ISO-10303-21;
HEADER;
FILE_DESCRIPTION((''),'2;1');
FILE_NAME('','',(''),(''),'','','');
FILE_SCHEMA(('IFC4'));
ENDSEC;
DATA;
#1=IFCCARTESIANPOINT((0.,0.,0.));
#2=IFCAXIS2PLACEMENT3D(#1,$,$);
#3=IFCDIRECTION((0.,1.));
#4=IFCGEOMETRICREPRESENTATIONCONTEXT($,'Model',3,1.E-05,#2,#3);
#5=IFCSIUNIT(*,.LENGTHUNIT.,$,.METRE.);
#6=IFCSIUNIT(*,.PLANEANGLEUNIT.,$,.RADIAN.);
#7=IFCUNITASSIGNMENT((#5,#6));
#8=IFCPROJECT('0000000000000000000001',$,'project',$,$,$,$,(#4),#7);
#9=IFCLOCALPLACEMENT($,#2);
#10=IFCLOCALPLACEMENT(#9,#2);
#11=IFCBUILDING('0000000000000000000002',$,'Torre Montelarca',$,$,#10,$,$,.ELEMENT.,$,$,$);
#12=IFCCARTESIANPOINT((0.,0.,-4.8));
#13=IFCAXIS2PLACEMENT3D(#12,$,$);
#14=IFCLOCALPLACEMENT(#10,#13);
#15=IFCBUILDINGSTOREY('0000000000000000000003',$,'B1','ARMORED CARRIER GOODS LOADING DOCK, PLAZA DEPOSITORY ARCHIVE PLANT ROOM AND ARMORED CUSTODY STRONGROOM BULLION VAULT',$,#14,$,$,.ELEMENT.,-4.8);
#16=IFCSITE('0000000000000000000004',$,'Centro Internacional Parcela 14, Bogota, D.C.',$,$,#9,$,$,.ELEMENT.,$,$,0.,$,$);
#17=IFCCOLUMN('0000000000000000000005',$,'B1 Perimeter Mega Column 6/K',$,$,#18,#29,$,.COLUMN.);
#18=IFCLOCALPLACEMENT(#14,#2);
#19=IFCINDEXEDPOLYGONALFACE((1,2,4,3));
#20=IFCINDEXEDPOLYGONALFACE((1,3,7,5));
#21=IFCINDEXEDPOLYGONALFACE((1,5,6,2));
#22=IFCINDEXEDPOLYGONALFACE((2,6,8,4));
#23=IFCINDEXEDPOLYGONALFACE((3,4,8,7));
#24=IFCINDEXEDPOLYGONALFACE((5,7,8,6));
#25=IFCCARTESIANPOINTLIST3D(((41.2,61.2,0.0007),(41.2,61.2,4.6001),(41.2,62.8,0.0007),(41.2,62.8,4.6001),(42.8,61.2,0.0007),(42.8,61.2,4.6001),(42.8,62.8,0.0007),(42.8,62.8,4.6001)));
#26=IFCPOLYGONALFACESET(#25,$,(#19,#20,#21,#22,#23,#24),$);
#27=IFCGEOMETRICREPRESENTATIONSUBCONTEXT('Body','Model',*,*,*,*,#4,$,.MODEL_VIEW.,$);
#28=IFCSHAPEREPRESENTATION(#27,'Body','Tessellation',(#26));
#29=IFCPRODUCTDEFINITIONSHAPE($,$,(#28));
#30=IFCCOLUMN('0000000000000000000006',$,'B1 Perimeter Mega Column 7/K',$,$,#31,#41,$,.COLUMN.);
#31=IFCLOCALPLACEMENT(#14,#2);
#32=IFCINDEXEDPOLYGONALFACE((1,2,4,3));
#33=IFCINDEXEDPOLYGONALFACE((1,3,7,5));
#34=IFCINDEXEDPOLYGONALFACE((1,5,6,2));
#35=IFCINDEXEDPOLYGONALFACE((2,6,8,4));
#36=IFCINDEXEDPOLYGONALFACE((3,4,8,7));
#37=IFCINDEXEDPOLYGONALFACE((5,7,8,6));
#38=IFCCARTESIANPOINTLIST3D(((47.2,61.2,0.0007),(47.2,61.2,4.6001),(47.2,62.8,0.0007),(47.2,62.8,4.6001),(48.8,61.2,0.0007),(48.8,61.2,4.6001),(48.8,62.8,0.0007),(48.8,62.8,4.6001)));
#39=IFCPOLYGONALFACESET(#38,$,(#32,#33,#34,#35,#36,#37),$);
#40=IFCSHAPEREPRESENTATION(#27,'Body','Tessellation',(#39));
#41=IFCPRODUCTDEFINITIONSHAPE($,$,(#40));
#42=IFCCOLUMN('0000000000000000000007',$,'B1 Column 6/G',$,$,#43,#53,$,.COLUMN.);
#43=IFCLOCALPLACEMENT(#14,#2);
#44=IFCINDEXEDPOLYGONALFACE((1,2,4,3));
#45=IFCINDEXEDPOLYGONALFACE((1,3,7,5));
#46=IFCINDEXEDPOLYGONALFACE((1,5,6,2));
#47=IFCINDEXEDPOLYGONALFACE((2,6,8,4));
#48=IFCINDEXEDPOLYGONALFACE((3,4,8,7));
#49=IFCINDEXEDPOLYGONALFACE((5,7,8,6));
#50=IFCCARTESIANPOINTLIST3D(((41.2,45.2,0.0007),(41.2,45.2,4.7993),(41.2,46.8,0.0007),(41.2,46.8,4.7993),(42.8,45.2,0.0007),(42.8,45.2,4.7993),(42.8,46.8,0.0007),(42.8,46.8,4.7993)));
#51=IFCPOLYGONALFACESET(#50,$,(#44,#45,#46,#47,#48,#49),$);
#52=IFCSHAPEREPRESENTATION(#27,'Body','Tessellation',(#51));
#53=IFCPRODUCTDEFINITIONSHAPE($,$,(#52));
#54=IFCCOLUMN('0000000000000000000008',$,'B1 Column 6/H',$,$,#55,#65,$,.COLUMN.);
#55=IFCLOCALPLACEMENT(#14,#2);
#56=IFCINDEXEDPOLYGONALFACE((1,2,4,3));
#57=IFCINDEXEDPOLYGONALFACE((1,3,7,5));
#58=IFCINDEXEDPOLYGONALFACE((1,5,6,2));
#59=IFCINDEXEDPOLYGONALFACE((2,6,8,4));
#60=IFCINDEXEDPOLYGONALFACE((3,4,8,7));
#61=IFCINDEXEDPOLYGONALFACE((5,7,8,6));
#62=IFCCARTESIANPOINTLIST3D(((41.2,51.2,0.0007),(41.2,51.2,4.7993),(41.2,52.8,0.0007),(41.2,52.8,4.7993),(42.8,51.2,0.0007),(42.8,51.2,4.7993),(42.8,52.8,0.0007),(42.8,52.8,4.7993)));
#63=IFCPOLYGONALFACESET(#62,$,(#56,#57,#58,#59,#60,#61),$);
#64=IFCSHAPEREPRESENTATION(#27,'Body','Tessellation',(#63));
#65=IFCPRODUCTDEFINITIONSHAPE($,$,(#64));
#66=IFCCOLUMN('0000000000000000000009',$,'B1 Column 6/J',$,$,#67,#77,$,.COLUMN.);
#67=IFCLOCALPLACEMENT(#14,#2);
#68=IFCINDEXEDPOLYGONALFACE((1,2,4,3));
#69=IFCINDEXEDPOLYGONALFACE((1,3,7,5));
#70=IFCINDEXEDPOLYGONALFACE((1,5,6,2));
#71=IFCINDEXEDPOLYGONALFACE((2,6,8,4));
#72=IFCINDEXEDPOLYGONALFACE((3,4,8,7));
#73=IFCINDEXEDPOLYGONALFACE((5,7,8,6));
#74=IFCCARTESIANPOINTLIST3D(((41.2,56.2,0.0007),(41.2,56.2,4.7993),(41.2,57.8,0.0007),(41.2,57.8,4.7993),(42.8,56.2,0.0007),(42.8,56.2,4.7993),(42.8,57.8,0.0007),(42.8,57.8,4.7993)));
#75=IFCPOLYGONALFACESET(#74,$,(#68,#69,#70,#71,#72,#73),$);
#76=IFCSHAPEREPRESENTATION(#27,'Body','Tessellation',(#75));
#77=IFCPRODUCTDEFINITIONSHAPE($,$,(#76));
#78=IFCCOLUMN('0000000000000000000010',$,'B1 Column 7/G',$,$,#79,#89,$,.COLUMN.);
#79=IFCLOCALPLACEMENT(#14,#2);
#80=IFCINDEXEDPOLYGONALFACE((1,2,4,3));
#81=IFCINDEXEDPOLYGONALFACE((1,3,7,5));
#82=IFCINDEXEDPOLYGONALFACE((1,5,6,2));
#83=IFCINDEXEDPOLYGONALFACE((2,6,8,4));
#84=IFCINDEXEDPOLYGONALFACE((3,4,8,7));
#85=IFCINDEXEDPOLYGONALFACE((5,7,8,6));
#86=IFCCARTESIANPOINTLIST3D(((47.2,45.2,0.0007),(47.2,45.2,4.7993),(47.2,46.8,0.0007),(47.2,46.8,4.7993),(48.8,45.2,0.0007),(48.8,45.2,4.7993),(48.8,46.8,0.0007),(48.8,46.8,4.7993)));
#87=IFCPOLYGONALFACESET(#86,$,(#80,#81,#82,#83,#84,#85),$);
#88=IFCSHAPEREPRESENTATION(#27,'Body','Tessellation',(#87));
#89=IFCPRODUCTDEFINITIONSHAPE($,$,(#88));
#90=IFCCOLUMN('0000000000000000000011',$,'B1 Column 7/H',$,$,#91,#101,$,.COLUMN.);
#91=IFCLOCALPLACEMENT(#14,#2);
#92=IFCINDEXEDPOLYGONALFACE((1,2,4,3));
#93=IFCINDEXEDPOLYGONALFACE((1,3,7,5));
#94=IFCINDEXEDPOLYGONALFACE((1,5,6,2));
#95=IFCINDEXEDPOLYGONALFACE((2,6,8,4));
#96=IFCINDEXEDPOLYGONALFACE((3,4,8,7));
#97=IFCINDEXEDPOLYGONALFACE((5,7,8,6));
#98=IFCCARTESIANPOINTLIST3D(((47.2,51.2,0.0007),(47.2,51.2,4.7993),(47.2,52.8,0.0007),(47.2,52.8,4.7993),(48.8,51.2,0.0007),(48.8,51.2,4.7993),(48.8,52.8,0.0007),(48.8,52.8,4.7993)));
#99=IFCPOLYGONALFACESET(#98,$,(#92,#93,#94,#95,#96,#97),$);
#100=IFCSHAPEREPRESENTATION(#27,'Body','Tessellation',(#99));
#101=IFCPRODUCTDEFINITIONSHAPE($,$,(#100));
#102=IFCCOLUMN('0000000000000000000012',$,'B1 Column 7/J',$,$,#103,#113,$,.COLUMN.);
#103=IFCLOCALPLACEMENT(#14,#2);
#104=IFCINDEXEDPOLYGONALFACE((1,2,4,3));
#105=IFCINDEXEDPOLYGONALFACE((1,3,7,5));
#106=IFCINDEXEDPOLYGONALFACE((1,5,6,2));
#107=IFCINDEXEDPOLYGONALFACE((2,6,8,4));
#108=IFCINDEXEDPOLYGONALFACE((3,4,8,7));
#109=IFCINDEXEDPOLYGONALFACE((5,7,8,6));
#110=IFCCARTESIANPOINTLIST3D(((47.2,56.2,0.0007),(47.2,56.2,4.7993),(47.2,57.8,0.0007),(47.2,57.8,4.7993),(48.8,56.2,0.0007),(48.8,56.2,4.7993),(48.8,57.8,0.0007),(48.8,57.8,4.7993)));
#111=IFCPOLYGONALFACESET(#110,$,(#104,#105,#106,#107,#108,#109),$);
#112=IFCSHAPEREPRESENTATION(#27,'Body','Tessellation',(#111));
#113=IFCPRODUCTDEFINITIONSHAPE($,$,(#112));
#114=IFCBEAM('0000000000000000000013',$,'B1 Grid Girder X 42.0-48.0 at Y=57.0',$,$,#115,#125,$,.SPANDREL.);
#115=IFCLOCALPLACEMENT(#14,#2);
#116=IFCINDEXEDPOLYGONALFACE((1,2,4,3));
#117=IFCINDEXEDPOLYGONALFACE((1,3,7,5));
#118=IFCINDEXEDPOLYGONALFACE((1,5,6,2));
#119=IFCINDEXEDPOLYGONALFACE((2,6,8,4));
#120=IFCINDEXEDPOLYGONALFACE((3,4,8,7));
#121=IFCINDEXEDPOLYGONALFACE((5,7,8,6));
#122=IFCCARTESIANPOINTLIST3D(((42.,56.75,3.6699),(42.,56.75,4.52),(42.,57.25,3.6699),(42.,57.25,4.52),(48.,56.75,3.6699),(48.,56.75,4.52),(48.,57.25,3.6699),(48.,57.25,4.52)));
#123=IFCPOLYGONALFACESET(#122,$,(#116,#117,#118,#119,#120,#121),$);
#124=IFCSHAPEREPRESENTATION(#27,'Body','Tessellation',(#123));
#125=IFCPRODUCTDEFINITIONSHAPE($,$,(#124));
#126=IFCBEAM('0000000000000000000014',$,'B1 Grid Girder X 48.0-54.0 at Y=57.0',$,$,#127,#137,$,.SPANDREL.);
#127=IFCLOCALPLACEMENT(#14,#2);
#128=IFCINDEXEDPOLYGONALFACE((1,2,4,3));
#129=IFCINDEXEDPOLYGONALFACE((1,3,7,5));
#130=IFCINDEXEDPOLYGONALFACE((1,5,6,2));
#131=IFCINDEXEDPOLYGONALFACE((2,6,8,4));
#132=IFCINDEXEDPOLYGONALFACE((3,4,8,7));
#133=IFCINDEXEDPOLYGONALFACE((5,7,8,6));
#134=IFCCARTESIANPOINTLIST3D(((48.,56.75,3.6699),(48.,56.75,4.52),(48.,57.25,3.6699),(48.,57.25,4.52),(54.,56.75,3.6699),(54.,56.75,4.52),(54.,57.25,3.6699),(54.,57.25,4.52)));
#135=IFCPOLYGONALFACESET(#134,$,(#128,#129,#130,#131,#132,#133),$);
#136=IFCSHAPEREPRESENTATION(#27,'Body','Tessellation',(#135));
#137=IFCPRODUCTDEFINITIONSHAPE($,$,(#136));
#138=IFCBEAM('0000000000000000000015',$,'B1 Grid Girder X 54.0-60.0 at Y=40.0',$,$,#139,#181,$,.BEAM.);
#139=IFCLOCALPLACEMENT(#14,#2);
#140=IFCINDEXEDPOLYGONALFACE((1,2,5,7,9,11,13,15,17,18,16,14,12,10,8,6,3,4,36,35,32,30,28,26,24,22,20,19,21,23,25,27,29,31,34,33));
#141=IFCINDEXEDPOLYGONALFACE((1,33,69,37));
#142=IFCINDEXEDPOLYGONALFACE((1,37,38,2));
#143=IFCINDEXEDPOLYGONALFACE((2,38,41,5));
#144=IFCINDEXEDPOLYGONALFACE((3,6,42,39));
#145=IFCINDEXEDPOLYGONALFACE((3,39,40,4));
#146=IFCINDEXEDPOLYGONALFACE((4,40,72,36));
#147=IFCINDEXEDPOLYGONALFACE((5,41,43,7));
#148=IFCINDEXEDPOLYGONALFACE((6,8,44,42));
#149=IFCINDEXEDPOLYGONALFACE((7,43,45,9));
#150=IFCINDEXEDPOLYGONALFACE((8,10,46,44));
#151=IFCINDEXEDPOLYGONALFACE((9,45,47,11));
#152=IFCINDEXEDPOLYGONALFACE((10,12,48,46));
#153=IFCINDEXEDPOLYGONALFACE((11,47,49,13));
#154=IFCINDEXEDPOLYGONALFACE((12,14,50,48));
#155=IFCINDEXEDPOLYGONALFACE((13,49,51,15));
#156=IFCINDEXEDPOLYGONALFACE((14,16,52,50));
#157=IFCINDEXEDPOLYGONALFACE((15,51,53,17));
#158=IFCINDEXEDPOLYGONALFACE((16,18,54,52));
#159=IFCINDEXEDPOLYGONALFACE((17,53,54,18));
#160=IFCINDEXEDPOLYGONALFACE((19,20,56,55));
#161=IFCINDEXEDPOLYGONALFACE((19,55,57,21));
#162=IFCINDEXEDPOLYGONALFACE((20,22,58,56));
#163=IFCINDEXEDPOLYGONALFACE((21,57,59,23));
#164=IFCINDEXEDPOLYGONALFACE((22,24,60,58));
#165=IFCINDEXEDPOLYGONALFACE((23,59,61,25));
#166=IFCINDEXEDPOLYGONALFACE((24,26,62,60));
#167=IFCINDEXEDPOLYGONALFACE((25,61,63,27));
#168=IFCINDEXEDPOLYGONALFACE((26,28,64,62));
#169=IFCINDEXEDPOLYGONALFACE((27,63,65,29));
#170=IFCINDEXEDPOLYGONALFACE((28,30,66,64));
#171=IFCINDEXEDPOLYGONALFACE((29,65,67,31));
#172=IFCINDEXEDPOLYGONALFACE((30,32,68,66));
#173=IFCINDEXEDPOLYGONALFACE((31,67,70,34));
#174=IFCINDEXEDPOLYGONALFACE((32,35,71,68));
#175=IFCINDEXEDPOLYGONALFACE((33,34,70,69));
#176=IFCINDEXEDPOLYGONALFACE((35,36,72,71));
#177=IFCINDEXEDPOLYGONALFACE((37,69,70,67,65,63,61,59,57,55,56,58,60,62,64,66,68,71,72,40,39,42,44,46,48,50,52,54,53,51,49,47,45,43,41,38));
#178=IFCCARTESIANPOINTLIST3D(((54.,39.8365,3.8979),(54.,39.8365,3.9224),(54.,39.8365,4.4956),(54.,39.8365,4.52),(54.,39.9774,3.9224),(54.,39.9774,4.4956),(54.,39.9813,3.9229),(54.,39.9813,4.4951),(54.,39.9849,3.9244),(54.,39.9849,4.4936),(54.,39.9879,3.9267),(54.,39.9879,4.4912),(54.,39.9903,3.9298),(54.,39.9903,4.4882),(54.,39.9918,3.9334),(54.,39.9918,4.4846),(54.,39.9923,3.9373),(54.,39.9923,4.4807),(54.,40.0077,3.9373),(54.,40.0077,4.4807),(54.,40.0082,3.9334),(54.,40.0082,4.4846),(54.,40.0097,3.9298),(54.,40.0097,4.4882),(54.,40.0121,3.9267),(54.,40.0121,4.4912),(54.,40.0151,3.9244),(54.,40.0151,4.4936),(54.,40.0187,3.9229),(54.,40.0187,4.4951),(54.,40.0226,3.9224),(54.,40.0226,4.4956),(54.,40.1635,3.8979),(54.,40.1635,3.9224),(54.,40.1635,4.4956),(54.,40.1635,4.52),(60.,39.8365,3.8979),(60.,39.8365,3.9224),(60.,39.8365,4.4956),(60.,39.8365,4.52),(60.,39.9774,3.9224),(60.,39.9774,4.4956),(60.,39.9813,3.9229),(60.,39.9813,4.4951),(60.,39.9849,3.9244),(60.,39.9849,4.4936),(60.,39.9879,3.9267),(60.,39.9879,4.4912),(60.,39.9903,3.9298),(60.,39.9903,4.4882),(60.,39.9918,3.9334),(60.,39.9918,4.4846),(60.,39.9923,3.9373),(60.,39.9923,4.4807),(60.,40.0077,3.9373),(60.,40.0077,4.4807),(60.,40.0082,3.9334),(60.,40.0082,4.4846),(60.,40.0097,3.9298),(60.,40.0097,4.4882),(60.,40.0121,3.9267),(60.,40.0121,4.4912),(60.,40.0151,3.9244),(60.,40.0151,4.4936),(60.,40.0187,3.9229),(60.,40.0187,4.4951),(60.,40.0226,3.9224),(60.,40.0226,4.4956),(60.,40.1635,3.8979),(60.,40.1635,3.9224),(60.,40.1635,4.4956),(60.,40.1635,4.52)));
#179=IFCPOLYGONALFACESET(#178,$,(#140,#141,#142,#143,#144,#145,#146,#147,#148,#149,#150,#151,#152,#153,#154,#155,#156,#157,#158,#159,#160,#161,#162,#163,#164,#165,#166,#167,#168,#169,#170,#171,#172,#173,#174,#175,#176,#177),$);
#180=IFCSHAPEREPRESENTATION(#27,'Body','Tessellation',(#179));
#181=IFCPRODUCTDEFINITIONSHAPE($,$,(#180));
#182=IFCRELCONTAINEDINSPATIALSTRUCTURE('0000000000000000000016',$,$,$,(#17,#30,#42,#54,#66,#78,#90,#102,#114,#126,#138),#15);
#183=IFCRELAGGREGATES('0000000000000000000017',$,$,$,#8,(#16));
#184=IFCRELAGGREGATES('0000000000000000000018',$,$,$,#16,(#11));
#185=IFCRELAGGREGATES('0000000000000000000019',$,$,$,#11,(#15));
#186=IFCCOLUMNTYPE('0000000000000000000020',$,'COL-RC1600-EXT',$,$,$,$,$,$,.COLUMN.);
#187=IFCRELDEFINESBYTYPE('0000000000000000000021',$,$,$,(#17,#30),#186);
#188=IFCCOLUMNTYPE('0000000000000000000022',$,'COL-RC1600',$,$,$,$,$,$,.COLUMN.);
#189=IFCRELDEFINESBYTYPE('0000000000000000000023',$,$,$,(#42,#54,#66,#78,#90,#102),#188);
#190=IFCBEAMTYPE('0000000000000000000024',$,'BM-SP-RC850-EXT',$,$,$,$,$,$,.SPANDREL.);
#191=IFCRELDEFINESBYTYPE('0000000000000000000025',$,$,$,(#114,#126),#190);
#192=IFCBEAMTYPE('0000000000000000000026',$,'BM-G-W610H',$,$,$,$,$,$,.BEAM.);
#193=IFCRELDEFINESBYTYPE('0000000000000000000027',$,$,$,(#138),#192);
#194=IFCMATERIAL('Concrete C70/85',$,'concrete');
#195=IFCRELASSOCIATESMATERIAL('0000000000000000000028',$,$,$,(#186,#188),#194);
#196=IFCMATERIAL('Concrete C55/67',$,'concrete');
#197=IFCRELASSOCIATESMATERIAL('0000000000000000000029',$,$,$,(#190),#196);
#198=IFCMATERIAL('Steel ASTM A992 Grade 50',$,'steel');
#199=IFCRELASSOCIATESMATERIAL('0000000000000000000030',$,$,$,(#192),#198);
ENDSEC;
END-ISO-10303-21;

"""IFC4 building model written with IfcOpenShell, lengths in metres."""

from ifc_helpers import new_model, si_unit, direction, frame, origin, origin_2d, place, context, subcontext, project, spatial, rectangle, i_section, extrude, source, transform, mapped, material, material_profile, profile_set, type_object, element, save


model = new_model("IFC4")

# Units and contexts
model_context = context("Model", 3, precision=1e-05, world=origin(), true_north=direction((0.0, 1.0)))
body_context = subcontext(model_context, "Body", "Model", "MODEL_VIEW")
ifc_project = project(units=[si_unit("LENGTHUNIT", "METRE"), si_unit("PLANEANGLEUNIT", "RADIAN")], contexts=[model_context])

# Site, building, storey
site_placement = place(None, origin())
site = spatial("IfcSite", under=ifc_project, at=site_placement, Name="Centro Internacional Parcela 14, Bogota, D.C.", CompositionType="ELEMENT", RefElevation=0.0)
building_placement = place(site_placement, origin())
building = spatial("IfcBuilding", under=site, at=building_placement, Name="Torre Montelarca", CompositionType="ELEMENT")
storey_placement = place(building_placement, frame((0.0, 0.0, -4.8)))
storey = spatial("IfcBuildingStorey", under=building, at=storey_placement, Name="B1", Description="ARMORED CARRIER GOODS LOADING DOCK, PLAZA DEPOSITORY ARCHIVE PLANT ROOM AND ARMORED CUSTODY STRONGROOM BULLION VAULT", CompositionType="ELEMENT", Elevation=-4.8)

# Columns
ifc_material_1 = material(Name="Concrete C70/85", Category="concrete")
ifc_material_profile_1 = material_profile(ifc_material_1, rectangle(XDim=1.6001, YDim=1.6001, at=origin_2d()), Name="RC1600X1600", Category="concrete")
ifc_profile_set_1 = profile_set([ifc_material_profile_1], Name="Concrete C70/85")
column_type_1 = type_object("IfcColumnType", Name="COL-RC1600-EXT", PredefinedType="COLUMN", material=ifc_profile_set_1)
shared_shape_1 = source(origin(), body_context, "Body", "SweptSolid", [
    extrude(rectangle(XDim=1.6001, YDim=1.6001, at=origin_2d()), origin(), (0.0, 0.0, 1.0), 4.5994),
])
for number, where, z_axis, x_axis, name in (
    (1, (42.0, 62.0, 0.0007), (0.0, 0.0, 1.0), (1.0, 0.0, 0.0), "B1 Perimeter Mega Column 6/K"),
    (2, (48.0, 62.0, 0.0007), (0.0, 0.0, 1.0), (1.0, 0.0, 0.0), "B1 Perimeter Mega Column 7/K"),
):
    element("IfcColumn", number, at=place(storey_placement, frame(where, z_axis=z_axis, x_axis=x_axis)), inside=storey, type_object=column_type_1, Name=name, PredefinedType="COLUMN", context=body_context, shape_type="MappedRepresentation", body=[
        mapped(shared_shape_1, transform((0.0, 0.0, 0.0), scale=1.0)),
    ])
ifc_material_profile_2 = material_profile(ifc_material_1, rectangle(XDim=1.6001, YDim=1.6001, at=origin_2d()), Name="RC1600X1600", Category="concrete")
ifc_profile_set_2 = profile_set([ifc_material_profile_2], Name="Concrete C70/85")
column_type_2 = type_object("IfcColumnType", Name="COL-RC1600", PredefinedType="COLUMN", material=ifc_profile_set_2)
shared_shape_2 = source(origin(), body_context, "Body", "SweptSolid", [
    extrude(rectangle(XDim=1.6001, YDim=1.6001, at=origin_2d()), origin(), (0.0, 0.0, 1.0), 4.7986),
])
for number, where, z_axis, x_axis, name in (
    (3, (42.0, 46.0, 0.0007), (0.0, 0.0, 1.0), (1.0, 0.0, 0.0), "B1 Column 6/G"),
    (4, (42.0, 52.0, 0.0007), (0.0, 0.0, 1.0), (1.0, 0.0, 0.0), "B1 Column 6/H"),
    (5, (42.0, 57.0, 0.0007), (0.0, 0.0, 1.0), (1.0, 0.0, 0.0), "B1 Column 6/J"),
    (6, (48.0, 46.0, 0.0007), (0.0, 0.0, 1.0), (1.0, 0.0, 0.0), "B1 Column 7/G"),
    (7, (48.0, 52.0, 0.0007), (0.0, 0.0, 1.0), (1.0, 0.0, 0.0), "B1 Column 7/H"),
    (8, (48.0, 57.0, 0.0007), (0.0, 0.0, 1.0), (1.0, 0.0, 0.0), "B1 Column 7/J"),
):
    element("IfcColumn", number, at=place(storey_placement, frame(where, z_axis=z_axis, x_axis=x_axis)), inside=storey, type_object=column_type_2, Name=name, PredefinedType="COLUMN", context=body_context, shape_type="MappedRepresentation", body=[
        mapped(shared_shape_2, transform((0.0, 0.0, 0.0), scale=1.0)),
    ])

# Beams
ifc_material_2 = material(Name="Concrete C55/67", Category="concrete")
ifc_material_profile_3 = material_profile(ifc_material_2, rectangle(XDim=0.5, YDim=0.8501, at=origin_2d()), Name="RCB500X850", Category="concrete")
ifc_profile_set_3 = profile_set([ifc_material_profile_3], Name="Concrete C55/67")
beam_type_1 = type_object("IfcBeamType", Name="BM-SP-RC850-EXT", PredefinedType="SPANDREL", material=ifc_profile_set_3)
shared_shape_3 = source(origin(), body_context, "Body", "SweptSolid", [
    extrude(rectangle(XDim=0.5, YDim=0.8501, at=origin_2d()), origin(), (0.0, 0.0, 1.0), 6.0),
])
for number, where, z_axis, x_axis, name in (
    (9, (42.0, 57.0, 4.095), (1.0, 0.0, 0.0), (0.0, 1.0, 0.0), "B1 Grid Girder X 42.0-48.0 at Y=57.0"),
    (10, (48.0, 57.0, 4.095), (1.0, 0.0, 0.0), (0.0, 1.0, 0.0), "B1 Grid Girder X 48.0-54.0 at Y=57.0"),
):
    element("IfcBeam", number, at=place(storey_placement, frame(where, z_axis=z_axis, x_axis=x_axis)), inside=storey, type_object=beam_type_1, Name=name, PredefinedType="SPANDREL", context=body_context, shape_type="MappedRepresentation", body=[
        mapped(shared_shape_3, transform((0.0, 0.0, 0.0), scale=1.0)),
    ])
ifc_material_3 = material(Name="Steel ASTM A992 Grade 50", Category="steel")
ifc_material_profile_4 = material_profile(ifc_material_3, i_section(OverallWidth=0.3269, OverallDepth=0.6221, WebThickness=0.0154, FlangeThickness=0.0244, FilletRadius=0.0149, at=origin_2d()), Name="W610X195", Category="steel")
ifc_profile_set_4 = profile_set([ifc_material_profile_4], Name="Steel ASTM A992 Grade 50")
beam_type_2 = type_object("IfcBeamType", Name="BM-G-W610H", PredefinedType="BEAM", material=ifc_profile_set_4)
shared_shape_4 = source(origin(), body_context, "Body", "SweptSolid", [
    extrude(i_section(OverallWidth=0.3269, OverallDepth=0.6221, WebThickness=0.0154, FlangeThickness=0.0244, FilletRadius=0.0149, at=origin_2d()), origin(), (0.0, 0.0, 1.0), 6.0),
])
for number, where, z_axis, x_axis, name in (
    (11, (54.0, 40.0, 4.209), (1.0, 0.0, 0.0), (0.0, 1.0, 0.0), "B1 Grid Girder X 54.0-60.0 at Y=40.0"),
):
    element("IfcBeam", number, at=place(storey_placement, frame(where, z_axis=z_axis, x_axis=x_axis)), inside=storey, type_object=beam_type_2, Name=name, PredefinedType="BEAM", context=body_context, shape_type="MappedRepresentation", body=[
        mapped(shared_shape_4, transform((0.0, 0.0, 0.0), scale=1.0)),
    ])

save(model, "model.ifc")
